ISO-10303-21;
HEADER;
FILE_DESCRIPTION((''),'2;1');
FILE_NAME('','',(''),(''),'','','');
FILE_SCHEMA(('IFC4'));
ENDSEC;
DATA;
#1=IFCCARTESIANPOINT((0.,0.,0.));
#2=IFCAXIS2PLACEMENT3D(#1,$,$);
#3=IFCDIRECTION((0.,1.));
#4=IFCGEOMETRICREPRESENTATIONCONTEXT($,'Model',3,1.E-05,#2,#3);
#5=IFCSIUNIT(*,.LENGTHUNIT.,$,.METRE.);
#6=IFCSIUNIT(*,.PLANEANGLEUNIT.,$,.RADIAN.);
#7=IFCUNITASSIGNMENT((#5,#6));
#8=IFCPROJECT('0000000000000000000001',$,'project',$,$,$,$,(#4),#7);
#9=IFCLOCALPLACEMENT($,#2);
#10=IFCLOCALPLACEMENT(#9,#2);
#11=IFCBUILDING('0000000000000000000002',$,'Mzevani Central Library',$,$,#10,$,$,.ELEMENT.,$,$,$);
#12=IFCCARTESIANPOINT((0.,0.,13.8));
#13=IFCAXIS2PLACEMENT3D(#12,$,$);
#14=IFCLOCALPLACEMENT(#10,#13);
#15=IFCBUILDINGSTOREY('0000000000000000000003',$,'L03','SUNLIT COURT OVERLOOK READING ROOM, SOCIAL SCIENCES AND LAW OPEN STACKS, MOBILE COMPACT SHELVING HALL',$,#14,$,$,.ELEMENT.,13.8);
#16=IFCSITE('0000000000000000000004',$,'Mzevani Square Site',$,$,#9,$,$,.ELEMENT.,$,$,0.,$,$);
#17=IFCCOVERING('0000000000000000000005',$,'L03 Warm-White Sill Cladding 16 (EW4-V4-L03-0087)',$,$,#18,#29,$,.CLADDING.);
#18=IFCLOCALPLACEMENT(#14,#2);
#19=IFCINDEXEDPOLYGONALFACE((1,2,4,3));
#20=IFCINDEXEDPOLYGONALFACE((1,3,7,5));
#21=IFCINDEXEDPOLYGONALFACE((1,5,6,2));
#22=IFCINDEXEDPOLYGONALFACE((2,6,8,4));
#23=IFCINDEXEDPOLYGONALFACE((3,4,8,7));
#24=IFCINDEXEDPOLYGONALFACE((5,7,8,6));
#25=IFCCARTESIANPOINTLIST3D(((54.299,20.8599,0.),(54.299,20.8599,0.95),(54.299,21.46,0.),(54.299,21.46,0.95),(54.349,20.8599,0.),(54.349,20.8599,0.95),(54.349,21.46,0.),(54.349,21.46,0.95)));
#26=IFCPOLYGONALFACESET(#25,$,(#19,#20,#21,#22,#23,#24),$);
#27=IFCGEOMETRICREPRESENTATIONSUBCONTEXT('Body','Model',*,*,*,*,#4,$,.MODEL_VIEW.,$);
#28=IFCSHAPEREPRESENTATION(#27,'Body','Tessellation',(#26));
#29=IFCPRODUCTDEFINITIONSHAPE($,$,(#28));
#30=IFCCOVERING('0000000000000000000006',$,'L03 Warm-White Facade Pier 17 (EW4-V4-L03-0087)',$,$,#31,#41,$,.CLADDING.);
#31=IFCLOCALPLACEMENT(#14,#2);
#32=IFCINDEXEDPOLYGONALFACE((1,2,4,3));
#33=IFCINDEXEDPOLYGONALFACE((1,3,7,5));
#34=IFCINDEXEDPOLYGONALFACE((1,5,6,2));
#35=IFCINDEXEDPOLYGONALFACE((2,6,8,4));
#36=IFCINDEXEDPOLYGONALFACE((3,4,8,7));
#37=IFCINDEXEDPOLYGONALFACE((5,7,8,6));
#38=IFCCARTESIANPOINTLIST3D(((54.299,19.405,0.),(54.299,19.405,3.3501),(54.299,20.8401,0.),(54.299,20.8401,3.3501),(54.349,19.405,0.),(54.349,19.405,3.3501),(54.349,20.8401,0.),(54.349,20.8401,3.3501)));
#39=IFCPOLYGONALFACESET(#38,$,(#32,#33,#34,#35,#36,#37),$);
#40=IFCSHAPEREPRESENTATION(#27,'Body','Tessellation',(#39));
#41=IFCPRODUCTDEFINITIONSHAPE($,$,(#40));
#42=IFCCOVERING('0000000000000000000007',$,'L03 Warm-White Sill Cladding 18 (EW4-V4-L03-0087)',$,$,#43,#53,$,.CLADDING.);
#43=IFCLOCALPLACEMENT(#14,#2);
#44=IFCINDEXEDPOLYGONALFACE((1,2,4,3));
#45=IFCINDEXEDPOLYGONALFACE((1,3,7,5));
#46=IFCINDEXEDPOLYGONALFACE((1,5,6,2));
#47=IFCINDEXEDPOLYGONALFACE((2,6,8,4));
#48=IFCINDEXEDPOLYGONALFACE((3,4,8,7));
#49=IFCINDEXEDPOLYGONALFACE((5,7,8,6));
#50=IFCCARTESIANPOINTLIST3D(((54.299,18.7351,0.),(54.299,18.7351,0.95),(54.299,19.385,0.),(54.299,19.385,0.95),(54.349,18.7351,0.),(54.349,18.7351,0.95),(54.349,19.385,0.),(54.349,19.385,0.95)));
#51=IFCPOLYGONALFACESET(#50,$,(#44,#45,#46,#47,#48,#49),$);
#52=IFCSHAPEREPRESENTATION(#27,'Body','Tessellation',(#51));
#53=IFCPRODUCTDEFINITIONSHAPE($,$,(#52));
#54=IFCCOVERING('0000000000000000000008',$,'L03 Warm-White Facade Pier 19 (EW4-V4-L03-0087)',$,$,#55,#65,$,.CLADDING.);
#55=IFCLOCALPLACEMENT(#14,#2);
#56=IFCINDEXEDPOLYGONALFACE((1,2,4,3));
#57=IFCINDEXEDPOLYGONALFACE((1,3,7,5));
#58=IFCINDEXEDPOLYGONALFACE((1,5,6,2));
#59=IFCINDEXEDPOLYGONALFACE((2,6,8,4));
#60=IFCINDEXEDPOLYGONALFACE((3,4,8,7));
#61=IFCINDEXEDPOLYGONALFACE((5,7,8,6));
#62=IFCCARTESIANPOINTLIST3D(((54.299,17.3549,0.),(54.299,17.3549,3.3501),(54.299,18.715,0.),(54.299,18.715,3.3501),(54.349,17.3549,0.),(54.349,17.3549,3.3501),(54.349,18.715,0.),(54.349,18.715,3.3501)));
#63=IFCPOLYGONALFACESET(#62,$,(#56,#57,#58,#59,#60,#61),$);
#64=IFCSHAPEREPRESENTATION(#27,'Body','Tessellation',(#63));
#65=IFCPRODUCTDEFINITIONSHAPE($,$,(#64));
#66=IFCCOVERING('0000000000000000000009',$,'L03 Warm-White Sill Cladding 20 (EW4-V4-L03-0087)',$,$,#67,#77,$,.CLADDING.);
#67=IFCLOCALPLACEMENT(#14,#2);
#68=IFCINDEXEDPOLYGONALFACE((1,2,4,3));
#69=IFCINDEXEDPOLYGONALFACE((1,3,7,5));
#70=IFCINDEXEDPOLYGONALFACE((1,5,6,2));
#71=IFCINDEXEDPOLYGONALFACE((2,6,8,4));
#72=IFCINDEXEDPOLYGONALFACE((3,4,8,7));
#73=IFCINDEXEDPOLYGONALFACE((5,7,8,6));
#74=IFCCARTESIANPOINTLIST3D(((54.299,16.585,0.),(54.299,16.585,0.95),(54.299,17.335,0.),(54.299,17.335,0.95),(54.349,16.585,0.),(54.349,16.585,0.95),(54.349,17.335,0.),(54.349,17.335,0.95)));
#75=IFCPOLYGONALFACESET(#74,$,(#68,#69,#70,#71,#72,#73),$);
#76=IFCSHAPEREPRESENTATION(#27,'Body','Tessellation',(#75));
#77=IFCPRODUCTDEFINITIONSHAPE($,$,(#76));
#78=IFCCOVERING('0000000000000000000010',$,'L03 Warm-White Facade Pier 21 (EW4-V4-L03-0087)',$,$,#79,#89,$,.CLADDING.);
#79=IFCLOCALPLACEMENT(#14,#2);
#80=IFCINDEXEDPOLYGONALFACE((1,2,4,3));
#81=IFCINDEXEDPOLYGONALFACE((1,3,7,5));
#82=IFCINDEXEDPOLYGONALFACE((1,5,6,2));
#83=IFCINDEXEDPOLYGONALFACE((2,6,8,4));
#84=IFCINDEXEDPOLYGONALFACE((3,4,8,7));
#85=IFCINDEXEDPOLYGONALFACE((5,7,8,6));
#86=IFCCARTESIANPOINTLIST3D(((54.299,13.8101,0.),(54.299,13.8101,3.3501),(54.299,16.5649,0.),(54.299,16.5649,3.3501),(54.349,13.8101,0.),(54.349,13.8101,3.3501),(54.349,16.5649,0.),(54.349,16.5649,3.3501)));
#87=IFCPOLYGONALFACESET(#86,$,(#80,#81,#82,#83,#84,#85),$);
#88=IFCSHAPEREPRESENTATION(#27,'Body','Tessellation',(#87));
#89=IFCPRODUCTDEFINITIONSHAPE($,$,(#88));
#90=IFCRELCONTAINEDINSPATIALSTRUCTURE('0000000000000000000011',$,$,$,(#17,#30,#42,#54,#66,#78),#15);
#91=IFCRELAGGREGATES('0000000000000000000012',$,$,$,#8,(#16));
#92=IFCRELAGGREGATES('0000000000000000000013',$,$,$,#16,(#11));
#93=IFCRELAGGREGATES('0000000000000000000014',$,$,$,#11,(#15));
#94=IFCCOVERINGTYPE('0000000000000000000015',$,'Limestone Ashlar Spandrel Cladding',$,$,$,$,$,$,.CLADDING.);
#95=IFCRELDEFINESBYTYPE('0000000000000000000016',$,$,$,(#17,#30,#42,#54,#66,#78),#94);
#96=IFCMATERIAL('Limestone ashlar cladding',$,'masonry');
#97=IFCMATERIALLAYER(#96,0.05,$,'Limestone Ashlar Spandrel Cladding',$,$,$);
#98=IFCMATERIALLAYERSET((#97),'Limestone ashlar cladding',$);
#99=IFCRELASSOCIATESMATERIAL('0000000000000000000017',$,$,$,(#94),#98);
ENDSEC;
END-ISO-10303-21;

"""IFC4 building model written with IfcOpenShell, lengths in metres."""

from ifc_helpers import new_model, si_unit, direction, frame, origin, origin_2d, place, context, subcontext, project, spatial, rectangle, extrude, material, layer, layer_set, type_object, element, save


model = new_model("IFC4")

# Units and contexts
model_context = context("Model", 3, precision=1e-05, world=origin(), true_north=direction((0.0, 1.0)))
body_context = subcontext(model_context, "Body", "Model", "MODEL_VIEW")
ifc_project = project(units=[si_unit("LENGTHUNIT", "METRE"), si_unit("PLANEANGLEUNIT", "RADIAN")], contexts=[model_context])

# Site, building, storey
site_placement = place(None, origin())
site = spatial("IfcSite", under=ifc_project, at=site_placement, Name="Mzevani Square Site", CompositionType="ELEMENT", RefElevation=0.0)
building_placement = place(site_placement, origin())
building = spatial("IfcBuilding", under=site, at=building_placement, Name="Mzevani Central Library", CompositionType="ELEMENT")
storey_placement = place(building_placement, frame((0.0, 0.0, 13.8)))
storey = spatial("IfcBuildingStorey", under=building, at=storey_placement, Name="L03", Description="SUNLIT COURT OVERLOOK READING ROOM, SOCIAL SCIENCES AND LAW OPEN STACKS, MOBILE COMPACT SHELVING HALL", CompositionType="ELEMENT", Elevation=13.8)

# Coverings
ifc_material_1 = material(Name="Limestone ashlar cladding", Category="masonry")
ifc_layer_1 = layer(ifc_material_1, 0.05, Name="Limestone Ashlar Spandrel Cladding")
ifc_layer_set_1 = layer_set([ifc_layer_1], Name="Limestone ashlar cladding")
covering_type = type_object("IfcCoveringType", Name="Limestone Ashlar Spandrel Cladding", PredefinedType="CLADDING", material=ifc_layer_set_1)
covering_1_placement = place(storey_placement, frame((54.324, 21.1599, 0.0), z_axis=(0.0, 0.0, 1.0), x_axis=(0.0, -1.0, 0.0)))
element("IfcCovering", 1, at=covering_1_placement, inside=storey, type_object=covering_type, Name="L03 Warm-White Sill Cladding 16 (EW4-V4-L03-0087)", PredefinedType="CLADDING", context=body_context, shape_type="SweptSolid", body=[
    extrude(rectangle(XDim=0.6001, YDim=0.05, at=origin_2d()), origin(), (0.0, 0.0, 1.0), 0.95),
])
covering_2_placement = place(storey_placement, frame((54.324, 20.1226, 0.0), z_axis=(0.0, 0.0, 1.0), x_axis=(0.0, -1.0, 0.0)))
element("IfcCovering", 2, at=covering_2_placement, inside=storey, type_object=covering_type, Name="L03 Warm-White Facade Pier 17 (EW4-V4-L03-0087)", PredefinedType="CLADDING", context=body_context, shape_type="SweptSolid", body=[
    extrude(rectangle(XDim=1.4351, YDim=0.05, at=origin_2d()), origin(), (0.0, 0.0, 1.0), 3.3501),
])
covering_3_placement = place(storey_placement, frame((54.324, 19.0601, 0.0), z_axis=(0.0, 0.0, 1.0), x_axis=(0.0, -1.0, 0.0)))
element("IfcCovering", 3, at=covering_3_placement, inside=storey, type_object=covering_type, Name="L03 Warm-White Sill Cladding 18 (EW4-V4-L03-0087)", PredefinedType="CLADDING", context=body_context, shape_type="SweptSolid", body=[
    extrude(rectangle(XDim=0.6499, YDim=0.05, at=origin_2d()), origin(), (0.0, 0.0, 1.0), 0.95),
])
covering_4_placement = place(storey_placement, frame((54.324, 18.0349, 0.0), z_axis=(0.0, 0.0, 1.0), x_axis=(0.0, -1.0, 0.0)))
element("IfcCovering", 4, at=covering_4_placement, inside=storey, type_object=covering_type, Name="L03 Warm-White Facade Pier 19 (EW4-V4-L03-0087)", PredefinedType="CLADDING", context=body_context, shape_type="SweptSolid", body=[
    extrude(rectangle(XDim=1.3601, YDim=0.05, at=origin_2d()), origin(), (0.0, 0.0, 1.0), 3.3501),
])
covering_5_placement = place(storey_placement, frame((54.324, 16.96, 0.0), z_axis=(0.0, 0.0, 1.0), x_axis=(0.0, -1.0, 0.0)))
element("IfcCovering", 5, at=covering_5_placement, inside=storey, type_object=covering_type, Name="L03 Warm-White Sill Cladding 20 (EW4-V4-L03-0087)", PredefinedType="CLADDING", context=body_context, shape_type="SweptSolid", body=[
    extrude(rectangle(XDim=0.75, YDim=0.05, at=origin_2d()), origin(), (0.0, 0.0, 1.0), 0.95),
])
covering_6_placement = place(storey_placement, frame((54.324, 15.1875, 0.0), z_axis=(0.0, 0.0, 1.0), x_axis=(0.0, -1.0, 0.0)))
element("IfcCovering", 6, at=covering_6_placement, inside=storey, type_object=covering_type, Name="L03 Warm-White Facade Pier 21 (EW4-V4-L03-0087)", PredefinedType="CLADDING", context=body_context, shape_type="SweptSolid", body=[
    extrude(rectangle(XDim=2.7549, YDim=0.05, at=origin_2d()), origin(), (0.0, 0.0, 1.0), 3.3501),
])

save(model, "model.ifc")
